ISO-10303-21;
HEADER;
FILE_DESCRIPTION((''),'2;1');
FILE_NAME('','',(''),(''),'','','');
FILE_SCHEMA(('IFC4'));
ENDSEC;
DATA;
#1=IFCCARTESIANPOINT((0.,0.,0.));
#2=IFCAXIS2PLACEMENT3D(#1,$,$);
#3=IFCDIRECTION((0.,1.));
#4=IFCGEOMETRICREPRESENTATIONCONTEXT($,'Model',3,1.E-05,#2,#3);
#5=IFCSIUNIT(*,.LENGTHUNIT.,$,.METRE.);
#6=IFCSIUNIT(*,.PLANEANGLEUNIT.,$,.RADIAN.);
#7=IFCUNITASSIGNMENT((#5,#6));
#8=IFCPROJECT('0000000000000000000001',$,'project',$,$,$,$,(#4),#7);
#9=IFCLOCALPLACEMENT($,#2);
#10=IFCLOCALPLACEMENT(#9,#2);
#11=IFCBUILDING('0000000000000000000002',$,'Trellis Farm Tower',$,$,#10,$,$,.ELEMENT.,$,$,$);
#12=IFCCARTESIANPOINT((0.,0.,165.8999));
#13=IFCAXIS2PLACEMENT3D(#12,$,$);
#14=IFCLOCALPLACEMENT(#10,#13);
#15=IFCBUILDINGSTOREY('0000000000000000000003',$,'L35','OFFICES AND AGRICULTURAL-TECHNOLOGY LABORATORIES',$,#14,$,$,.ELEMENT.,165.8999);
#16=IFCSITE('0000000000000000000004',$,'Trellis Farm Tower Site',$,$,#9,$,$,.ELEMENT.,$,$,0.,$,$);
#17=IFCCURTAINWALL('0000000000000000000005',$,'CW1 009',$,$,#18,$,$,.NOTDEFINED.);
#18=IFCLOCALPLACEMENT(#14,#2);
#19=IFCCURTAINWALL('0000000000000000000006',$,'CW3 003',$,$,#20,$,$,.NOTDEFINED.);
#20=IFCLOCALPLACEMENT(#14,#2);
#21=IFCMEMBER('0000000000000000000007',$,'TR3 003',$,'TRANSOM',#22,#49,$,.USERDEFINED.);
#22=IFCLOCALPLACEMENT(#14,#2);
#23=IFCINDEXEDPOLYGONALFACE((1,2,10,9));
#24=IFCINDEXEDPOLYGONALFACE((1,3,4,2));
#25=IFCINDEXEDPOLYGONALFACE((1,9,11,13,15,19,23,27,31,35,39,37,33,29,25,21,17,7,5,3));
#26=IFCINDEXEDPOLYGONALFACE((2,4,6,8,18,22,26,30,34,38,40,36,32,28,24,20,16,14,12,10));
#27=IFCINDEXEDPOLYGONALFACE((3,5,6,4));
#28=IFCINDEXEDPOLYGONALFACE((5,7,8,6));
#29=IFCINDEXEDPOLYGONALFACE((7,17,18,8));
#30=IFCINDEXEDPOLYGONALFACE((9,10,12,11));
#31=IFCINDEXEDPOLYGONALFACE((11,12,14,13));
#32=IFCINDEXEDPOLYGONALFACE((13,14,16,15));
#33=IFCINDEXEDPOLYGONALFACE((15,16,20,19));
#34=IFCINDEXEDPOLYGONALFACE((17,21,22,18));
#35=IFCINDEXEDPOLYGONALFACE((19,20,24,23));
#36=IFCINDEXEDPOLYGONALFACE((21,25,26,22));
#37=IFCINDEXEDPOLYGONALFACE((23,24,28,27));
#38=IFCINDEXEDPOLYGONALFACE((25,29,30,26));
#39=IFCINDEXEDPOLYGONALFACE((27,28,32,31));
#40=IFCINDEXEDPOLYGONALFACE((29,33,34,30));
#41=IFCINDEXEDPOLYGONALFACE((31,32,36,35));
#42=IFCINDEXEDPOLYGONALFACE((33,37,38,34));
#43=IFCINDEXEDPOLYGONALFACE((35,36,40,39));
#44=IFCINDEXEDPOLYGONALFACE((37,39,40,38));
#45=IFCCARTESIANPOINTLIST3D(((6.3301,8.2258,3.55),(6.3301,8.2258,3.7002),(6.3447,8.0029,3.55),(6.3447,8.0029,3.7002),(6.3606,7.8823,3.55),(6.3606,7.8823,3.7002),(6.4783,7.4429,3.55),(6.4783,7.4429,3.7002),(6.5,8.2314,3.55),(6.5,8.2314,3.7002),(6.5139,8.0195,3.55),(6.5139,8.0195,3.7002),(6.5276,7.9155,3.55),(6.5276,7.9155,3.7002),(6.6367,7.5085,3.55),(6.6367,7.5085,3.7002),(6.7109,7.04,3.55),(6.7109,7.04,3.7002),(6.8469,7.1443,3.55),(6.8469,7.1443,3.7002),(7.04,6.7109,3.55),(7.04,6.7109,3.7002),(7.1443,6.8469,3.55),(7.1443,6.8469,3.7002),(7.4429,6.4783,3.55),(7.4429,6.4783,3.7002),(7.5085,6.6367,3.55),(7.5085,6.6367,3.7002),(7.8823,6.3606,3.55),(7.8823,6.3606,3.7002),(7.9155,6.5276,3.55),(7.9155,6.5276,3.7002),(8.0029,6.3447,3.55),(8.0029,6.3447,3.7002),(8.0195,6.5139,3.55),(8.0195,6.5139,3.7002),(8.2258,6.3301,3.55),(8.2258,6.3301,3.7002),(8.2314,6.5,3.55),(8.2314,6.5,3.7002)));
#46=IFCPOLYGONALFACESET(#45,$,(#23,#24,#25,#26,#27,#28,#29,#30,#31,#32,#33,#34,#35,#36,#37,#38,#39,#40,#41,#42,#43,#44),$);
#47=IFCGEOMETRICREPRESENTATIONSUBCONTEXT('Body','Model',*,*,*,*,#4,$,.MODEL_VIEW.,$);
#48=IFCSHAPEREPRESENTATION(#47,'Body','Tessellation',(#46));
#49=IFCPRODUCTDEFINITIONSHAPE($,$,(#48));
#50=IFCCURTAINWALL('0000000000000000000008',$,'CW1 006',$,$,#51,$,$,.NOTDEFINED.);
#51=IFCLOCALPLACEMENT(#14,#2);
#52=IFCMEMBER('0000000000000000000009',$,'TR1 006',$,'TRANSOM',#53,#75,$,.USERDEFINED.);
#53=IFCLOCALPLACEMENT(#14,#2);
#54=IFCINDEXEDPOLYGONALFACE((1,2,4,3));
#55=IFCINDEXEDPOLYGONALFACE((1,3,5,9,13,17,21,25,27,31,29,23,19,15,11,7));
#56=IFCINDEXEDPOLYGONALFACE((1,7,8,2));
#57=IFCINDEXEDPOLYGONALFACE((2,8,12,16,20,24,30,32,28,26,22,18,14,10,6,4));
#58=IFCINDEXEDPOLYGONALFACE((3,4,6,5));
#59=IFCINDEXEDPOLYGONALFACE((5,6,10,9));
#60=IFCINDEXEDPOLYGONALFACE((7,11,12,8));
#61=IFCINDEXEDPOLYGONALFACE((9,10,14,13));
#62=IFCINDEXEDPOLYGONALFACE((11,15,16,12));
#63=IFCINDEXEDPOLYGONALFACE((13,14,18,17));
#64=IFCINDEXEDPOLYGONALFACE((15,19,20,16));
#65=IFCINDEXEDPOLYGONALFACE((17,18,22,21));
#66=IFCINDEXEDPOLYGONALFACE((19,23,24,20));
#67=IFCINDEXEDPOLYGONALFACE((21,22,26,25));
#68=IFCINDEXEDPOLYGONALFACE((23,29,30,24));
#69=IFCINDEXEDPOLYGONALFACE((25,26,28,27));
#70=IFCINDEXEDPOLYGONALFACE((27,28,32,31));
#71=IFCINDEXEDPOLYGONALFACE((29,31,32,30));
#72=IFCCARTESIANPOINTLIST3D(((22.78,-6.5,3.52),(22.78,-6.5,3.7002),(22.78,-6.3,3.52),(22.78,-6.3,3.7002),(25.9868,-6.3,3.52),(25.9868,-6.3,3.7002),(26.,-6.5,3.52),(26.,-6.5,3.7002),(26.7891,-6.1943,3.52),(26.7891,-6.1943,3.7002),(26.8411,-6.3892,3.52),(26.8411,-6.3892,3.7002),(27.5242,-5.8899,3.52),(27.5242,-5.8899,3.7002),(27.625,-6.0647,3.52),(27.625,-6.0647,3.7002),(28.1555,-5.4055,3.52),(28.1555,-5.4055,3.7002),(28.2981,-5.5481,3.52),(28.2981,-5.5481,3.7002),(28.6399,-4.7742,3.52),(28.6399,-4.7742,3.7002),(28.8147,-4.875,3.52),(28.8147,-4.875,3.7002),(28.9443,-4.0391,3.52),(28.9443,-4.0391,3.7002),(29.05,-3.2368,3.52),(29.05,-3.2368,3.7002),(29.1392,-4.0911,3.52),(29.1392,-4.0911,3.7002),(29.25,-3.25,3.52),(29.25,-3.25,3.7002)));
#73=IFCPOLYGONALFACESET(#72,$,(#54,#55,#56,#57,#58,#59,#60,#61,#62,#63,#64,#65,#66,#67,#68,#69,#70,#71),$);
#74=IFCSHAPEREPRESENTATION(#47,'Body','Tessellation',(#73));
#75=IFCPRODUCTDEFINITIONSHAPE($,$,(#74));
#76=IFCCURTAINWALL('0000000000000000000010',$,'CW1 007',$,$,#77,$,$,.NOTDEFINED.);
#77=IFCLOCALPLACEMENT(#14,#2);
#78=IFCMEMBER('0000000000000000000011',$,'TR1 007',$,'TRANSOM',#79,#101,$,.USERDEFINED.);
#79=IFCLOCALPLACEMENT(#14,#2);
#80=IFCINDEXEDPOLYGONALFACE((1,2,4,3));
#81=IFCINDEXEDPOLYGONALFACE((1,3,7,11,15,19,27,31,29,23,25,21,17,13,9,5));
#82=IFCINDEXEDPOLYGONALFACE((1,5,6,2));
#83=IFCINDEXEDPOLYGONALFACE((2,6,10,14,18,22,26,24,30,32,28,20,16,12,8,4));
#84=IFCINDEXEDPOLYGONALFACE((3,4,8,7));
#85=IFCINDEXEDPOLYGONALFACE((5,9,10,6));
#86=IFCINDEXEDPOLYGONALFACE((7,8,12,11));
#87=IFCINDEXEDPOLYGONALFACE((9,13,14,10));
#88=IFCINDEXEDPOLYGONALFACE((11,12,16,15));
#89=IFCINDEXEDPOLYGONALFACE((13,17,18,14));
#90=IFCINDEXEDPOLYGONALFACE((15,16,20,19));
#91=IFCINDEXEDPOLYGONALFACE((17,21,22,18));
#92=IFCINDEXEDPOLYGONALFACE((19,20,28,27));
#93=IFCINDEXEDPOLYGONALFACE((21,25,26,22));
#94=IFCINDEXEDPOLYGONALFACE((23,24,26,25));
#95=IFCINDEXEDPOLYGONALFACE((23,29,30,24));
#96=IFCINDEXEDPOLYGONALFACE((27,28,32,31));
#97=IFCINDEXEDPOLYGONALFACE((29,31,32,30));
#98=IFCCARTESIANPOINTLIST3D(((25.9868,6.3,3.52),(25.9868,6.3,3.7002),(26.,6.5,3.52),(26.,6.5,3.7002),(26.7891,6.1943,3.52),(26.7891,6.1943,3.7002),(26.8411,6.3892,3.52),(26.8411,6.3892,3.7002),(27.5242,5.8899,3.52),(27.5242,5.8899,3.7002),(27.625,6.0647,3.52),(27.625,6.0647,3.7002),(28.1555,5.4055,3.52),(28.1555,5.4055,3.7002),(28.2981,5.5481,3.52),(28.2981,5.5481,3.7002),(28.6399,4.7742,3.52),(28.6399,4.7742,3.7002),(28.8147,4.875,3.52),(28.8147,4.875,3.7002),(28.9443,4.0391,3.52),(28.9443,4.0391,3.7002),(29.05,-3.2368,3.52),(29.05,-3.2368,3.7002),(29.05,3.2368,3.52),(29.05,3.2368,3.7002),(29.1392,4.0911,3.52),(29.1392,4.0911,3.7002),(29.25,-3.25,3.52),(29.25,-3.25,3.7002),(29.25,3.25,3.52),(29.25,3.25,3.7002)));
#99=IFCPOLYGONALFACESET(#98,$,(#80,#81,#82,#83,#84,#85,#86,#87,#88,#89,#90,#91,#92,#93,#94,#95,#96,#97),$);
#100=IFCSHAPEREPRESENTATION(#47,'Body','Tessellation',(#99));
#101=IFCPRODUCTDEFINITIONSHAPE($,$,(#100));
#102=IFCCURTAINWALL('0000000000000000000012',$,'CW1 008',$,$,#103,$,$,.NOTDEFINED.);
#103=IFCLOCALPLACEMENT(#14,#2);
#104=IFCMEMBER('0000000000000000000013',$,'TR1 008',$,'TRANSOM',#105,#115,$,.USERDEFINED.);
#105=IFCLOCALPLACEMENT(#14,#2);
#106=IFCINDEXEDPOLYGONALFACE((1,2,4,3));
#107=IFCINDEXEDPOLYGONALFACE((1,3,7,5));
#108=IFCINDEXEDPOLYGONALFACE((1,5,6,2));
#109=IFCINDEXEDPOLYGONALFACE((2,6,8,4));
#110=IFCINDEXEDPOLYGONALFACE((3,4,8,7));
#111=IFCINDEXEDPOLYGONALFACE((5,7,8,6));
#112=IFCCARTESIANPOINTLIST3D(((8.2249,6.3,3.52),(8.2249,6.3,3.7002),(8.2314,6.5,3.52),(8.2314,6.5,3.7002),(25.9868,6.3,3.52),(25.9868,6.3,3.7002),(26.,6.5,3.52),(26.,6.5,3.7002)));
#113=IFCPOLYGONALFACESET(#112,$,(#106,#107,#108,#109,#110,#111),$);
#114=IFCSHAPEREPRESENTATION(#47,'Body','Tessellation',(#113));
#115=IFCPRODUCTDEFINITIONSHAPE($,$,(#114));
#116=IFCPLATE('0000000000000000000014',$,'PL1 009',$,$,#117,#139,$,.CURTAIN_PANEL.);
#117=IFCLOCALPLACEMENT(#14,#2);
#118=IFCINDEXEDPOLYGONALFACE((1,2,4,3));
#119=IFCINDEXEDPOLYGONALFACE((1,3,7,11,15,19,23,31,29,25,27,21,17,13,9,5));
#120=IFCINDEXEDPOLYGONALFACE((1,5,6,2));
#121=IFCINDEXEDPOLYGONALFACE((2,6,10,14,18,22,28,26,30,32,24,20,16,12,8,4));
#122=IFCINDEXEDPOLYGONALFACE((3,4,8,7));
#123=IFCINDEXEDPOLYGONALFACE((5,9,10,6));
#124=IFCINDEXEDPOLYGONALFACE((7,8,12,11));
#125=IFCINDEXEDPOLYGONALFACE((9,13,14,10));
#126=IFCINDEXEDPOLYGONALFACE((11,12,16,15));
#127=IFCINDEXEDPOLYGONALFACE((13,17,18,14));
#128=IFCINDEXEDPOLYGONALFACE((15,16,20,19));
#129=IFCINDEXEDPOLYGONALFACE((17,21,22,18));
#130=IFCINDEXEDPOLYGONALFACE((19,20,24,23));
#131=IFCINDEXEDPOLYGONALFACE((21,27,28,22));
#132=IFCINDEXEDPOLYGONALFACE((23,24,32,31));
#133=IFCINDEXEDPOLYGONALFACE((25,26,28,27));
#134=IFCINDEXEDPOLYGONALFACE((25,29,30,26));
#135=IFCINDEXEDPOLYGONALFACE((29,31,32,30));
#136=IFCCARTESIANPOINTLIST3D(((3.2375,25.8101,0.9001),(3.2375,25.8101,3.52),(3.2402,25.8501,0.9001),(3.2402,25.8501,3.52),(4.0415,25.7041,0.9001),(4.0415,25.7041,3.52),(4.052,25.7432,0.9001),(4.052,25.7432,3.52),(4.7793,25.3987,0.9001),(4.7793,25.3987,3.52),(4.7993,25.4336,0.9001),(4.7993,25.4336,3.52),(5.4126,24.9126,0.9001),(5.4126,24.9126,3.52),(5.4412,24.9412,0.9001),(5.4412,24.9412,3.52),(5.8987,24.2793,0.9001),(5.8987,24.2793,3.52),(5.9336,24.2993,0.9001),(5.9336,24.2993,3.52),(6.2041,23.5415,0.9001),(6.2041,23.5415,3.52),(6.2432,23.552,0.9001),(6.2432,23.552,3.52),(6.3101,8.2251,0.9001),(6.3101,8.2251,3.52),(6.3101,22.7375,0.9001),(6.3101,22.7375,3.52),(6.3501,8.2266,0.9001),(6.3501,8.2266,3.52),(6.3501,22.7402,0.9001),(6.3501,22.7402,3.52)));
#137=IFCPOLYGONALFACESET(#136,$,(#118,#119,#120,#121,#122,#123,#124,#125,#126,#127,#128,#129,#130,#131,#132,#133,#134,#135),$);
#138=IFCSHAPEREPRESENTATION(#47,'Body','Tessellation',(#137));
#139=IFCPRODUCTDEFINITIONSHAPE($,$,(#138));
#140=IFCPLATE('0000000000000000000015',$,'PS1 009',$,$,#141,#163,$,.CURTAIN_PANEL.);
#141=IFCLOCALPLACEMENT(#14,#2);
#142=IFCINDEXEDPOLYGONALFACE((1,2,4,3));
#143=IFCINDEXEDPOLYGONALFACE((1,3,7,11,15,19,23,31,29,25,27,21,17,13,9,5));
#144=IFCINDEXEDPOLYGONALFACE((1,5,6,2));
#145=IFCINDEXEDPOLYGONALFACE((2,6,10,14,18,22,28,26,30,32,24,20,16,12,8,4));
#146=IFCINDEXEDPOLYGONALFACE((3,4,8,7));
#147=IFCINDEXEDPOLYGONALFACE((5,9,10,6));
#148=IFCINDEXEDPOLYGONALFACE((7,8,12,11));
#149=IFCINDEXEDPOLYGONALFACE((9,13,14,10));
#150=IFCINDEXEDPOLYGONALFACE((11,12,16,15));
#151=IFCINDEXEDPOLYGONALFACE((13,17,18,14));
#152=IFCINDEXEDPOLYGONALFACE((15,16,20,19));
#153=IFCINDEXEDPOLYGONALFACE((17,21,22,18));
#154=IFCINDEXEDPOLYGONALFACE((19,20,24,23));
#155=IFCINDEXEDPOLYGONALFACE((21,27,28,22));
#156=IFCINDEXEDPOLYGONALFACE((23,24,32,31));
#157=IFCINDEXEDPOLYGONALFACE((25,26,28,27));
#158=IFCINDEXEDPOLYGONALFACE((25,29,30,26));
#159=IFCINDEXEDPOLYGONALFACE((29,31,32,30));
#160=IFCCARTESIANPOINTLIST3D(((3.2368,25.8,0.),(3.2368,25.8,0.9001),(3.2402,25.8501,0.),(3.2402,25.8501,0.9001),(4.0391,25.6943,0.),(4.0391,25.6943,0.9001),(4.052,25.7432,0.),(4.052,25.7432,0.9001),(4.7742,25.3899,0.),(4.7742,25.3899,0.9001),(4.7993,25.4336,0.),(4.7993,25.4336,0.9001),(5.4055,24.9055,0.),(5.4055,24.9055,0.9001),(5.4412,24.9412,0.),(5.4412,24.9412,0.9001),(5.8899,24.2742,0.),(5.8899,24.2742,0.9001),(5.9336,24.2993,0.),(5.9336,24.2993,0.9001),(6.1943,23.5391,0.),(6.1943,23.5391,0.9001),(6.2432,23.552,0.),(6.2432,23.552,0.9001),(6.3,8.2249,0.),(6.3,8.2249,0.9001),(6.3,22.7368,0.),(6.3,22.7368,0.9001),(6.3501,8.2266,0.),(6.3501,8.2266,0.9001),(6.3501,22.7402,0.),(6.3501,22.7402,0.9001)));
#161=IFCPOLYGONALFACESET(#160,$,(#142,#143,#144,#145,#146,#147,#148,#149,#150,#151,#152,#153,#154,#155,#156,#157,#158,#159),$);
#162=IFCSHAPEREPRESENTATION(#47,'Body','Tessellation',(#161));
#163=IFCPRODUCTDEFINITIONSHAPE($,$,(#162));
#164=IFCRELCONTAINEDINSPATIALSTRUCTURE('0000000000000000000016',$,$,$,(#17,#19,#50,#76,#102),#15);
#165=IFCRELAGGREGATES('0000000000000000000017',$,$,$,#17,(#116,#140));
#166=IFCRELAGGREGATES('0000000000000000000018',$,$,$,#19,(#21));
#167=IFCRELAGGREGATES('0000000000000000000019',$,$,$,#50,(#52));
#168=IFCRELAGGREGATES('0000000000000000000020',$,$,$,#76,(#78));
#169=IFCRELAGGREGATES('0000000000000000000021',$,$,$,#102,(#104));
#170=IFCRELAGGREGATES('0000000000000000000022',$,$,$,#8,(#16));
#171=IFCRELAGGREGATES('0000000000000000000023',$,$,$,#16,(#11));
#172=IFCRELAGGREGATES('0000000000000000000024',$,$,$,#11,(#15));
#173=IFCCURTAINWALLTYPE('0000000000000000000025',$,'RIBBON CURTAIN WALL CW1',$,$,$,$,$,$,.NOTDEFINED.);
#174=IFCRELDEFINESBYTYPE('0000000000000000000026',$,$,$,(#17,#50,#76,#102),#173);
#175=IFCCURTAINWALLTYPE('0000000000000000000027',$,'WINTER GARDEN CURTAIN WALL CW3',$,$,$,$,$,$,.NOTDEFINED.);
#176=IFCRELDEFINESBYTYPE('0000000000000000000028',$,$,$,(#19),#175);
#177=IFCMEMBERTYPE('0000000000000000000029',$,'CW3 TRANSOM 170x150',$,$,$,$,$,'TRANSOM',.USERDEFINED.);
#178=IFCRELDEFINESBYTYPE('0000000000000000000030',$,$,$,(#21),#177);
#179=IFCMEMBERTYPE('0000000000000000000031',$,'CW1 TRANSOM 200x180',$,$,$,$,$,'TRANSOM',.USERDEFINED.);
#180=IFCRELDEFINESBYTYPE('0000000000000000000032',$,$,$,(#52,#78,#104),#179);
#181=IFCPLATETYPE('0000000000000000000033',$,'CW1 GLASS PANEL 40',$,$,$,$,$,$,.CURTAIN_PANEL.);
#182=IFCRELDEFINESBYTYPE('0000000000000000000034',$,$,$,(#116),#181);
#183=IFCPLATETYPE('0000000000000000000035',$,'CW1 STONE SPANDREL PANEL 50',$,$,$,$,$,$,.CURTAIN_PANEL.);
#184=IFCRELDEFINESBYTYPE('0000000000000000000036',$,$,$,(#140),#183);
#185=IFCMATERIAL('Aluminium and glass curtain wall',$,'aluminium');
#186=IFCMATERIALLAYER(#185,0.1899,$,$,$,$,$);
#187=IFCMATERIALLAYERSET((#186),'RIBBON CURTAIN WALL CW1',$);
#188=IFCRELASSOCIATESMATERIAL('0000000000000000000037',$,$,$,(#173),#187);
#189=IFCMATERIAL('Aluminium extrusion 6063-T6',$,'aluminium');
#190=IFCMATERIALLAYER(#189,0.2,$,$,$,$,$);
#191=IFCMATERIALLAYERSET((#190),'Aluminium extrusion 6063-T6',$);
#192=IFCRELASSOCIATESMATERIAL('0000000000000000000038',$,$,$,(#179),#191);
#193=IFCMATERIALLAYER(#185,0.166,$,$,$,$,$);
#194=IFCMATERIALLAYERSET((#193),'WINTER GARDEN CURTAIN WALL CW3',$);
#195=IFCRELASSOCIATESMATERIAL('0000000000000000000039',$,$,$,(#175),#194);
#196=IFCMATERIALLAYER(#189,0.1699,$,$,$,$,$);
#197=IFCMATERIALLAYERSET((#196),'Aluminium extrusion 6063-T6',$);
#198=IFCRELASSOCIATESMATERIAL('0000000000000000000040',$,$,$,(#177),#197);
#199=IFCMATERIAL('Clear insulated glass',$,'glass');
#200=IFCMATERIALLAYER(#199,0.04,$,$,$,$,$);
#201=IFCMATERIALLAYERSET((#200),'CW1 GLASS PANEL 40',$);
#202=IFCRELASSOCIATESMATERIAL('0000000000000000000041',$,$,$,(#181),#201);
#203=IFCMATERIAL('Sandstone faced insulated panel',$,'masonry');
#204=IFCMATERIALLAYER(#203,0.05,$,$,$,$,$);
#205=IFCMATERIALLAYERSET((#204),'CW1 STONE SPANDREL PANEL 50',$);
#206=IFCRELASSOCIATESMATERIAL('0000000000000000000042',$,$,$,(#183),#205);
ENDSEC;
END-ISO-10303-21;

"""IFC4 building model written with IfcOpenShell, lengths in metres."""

from ifc_helpers import new_model, si_unit, direction, frame, origin, place, context, subcontext, project, spatial, polyline, outline, extrude, source, transform, mapped, material, layer, layer_set, type_object, element, aggregate, save


model = new_model("IFC4")

# Units and contexts
model_context = context("Model", 3, precision=1e-05, world=origin(), true_north=direction((0.0, 1.0)))
body_context = subcontext(model_context, "Body", "Model", "MODEL_VIEW")
ifc_project = project(units=[si_unit("LENGTHUNIT", "METRE"), si_unit("PLANEANGLEUNIT", "RADIAN")], contexts=[model_context])

# Site, building, storey
site_placement = place(None, origin())
site = spatial("IfcSite", under=ifc_project, at=site_placement, Name="Trellis Farm Tower Site", CompositionType="ELEMENT", RefElevation=0.0)
building_placement = place(site_placement, origin())
building = spatial("IfcBuilding", under=site, at=building_placement, Name="Trellis Farm Tower", CompositionType="ELEMENT")
storey_placement = place(building_placement, frame((0.0, 0.0, 165.8999)))
storey = spatial("IfcBuildingStorey", under=building, at=storey_placement, Name="L35", Description="OFFICES AND AGRICULTURAL-TECHNOLOGY LABORATORIES", CompositionType="ELEMENT", Elevation=165.8999)

# Curtain wall
ifc_material_1 = material(Name="Aluminium and glass curtain wall", Category="aluminium")
ifc_layer_1 = layer(ifc_material_1, 0.1899)
ifc_layer_set_1 = layer_set([ifc_layer_1], Name="RIBBON CURTAIN WALL CW1")
curtain_wall_type_1 = type_object("IfcCurtainWallType", Name="RIBBON CURTAIN WALL CW1", PredefinedType="NOTDEFINED", material=ifc_layer_set_1)
placement_1 = place(storey_placement, origin())
curtain_wall_1 = element("IfcCurtainWall", 1, at=placement_1, inside=storey, type_object=curtain_wall_type_1, Name="CW1 009", PredefinedType="NOTDEFINED")
ifc_material_2 = material(Name="Aluminium extrusion 6063-T6", Category="aluminium")
ifc_layer_2 = layer(ifc_material_2, 0.2)
ifc_layer_set_2 = layer_set([ifc_layer_2], Name="Aluminium extrusion 6063-T6")
member_type_1 = type_object("IfcMemberType", Name="CW1 TRANSOM 200x180", ElementType="TRANSOM", PredefinedType="USERDEFINED", material=ifc_layer_set_2)
placement_2 = place(storey_placement, frame((0.0, 0.0, 3.52)))

# Curtain walls, members
ifc_layer_3 = layer(ifc_material_1, 0.166)
ifc_layer_set_3 = layer_set([ifc_layer_3], Name="WINTER GARDEN CURTAIN WALL CW3")
curtain_wall_type_2 = type_object("IfcCurtainWallType", Name="WINTER GARDEN CURTAIN WALL CW3", PredefinedType="NOTDEFINED", material=ifc_layer_set_3)
ifc_layer_4 = layer(ifc_material_2, 0.1699)
ifc_layer_set_4 = layer_set([ifc_layer_4], Name="Aluminium extrusion 6063-T6")
member_type_2 = type_object("IfcMemberType", Name="CW3 TRANSOM 170x150", ElementType="TRANSOM", PredefinedType="USERDEFINED", material=ifc_layer_set_4)
placement_3 = place(storey_placement, frame((0.0, 0.0, 3.55)))
curtain_wall_2 = element("IfcCurtainWall", 2, at=placement_1, inside=storey, type_object=curtain_wall_type_2, Name="CW3 003", PredefinedType="NOTDEFINED")
shared_shape_1 = source(origin(), body_context, "Body", "SweptSolid", [
    extrude(outline(polyline([(8.2314, 6.5), (8.0195, 6.5139), (7.9155, 6.5276), (7.5085, 6.6367), (7.1443, 6.8469), (6.8469, 7.1443), (6.6367, 7.5085), (6.5276, 7.9155), (6.5139, 8.0195), (6.5, 8.2314), (6.3301, 8.2258), (6.3447, 8.0029), (6.3606, 7.8823), (6.4783, 7.4429), (6.7109, 7.04), (7.04, 6.7109), (7.4429, 6.4783), (7.8823, 6.3606), (8.0029, 6.3447), (8.2258, 6.3301), (8.2314, 6.5)])), origin(), (0.0, 0.0, 1.0), 0.1501),
])
member_1 = element("IfcMember", 3, at=placement_3, type_object=member_type_2, Name="TR3 003", ObjectType="TRANSOM", PredefinedType="USERDEFINED", context=body_context, shape_type="MappedRepresentation", body=[
    mapped(shared_shape_1, transform((0.0, 0.0, 0.0))),
])
curtain_wall_3 = element("IfcCurtainWall", 4, at=placement_1, inside=storey, type_object=curtain_wall_type_1, Name="CW1 006", PredefinedType="NOTDEFINED")
shared_shape_2 = source(origin(), body_context, "Body", "SweptSolid", [
    extrude(outline(polyline([(22.78, -6.5), (26.0, -6.5), (26.8411, -6.3892), (27.625, -6.0647), (28.2981, -5.5481), (28.8147, -4.875), (29.1392, -4.0911), (29.25, -3.25), (29.05, -3.2368), (28.9443, -4.0391), (28.6399, -4.7742), (28.1555, -5.4055), (27.5242, -5.8899), (26.7891, -6.1943), (25.9868, -6.3), (22.78, -6.3), (22.78, -6.5)])), origin(), (0.0, 0.0, 1.0), 0.1802),
])
member_2 = element("IfcMember", 5, at=placement_2, type_object=member_type_1, Name="TR1 006", ObjectType="TRANSOM", PredefinedType="USERDEFINED", context=body_context, shape_type="MappedRepresentation", body=[
    mapped(shared_shape_2, transform((0.0, 0.0, 0.0))),
])
curtain_wall_4 = element("IfcCurtainWall", 6, at=placement_1, inside=storey, type_object=curtain_wall_type_1, Name="CW1 007", PredefinedType="NOTDEFINED")
shared_shape_3 = source(origin(), body_context, "Body", "SweptSolid", [
    extrude(outline(polyline([(29.25, -3.25), (29.25, 3.25), (29.1392, 4.0911), (28.8147, 4.875), (28.2981, 5.5481), (27.625, 6.0647), (26.8411, 6.3892), (26.0, 6.5), (25.9868, 6.3), (26.7891, 6.1943), (27.5242, 5.8899), (28.1555, 5.4055), (28.6399, 4.7742), (28.9443, 4.0391), (29.05, 3.2368), (29.05, -3.2368), (29.25, -3.25)])), origin(), (0.0, 0.0, 1.0), 0.1802),
])
member_3 = element("IfcMember", 7, at=placement_2, type_object=member_type_1, Name="TR1 007", ObjectType="TRANSOM", PredefinedType="USERDEFINED", context=body_context, shape_type="MappedRepresentation", body=[
    mapped(shared_shape_3, transform((0.0, 0.0, 0.0))),
])
curtain_wall_5 = element("IfcCurtainWall", 8, at=placement_1, inside=storey, type_object=curtain_wall_type_1, Name="CW1 008", PredefinedType="NOTDEFINED")
shared_shape_4 = source(origin(), body_context, "Body", "SweptSolid", [
    extrude(outline(polyline([(26.0, 6.5), (8.2314, 6.5), (8.2249, 6.3), (25.9868, 6.3), (26.0, 6.5)])), origin(), (0.0, 0.0, 1.0), 0.1802),
])
member_4 = element("IfcMember", 9, at=placement_2, type_object=member_type_1, Name="TR1 008", ObjectType="TRANSOM", PredefinedType="USERDEFINED", context=body_context, shape_type="MappedRepresentation", body=[
    mapped(shared_shape_4, transform((0.0, 0.0, 0.0))),
])

# Plates
ifc_material_3 = material(Name="Clear insulated glass", Category="glass")
ifc_layer_5 = layer(ifc_material_3, 0.04)
ifc_layer_set_5 = layer_set([ifc_layer_5], Name="CW1 GLASS PANEL 40")
plate_type_1 = type_object("IfcPlateType", Name="CW1 GLASS PANEL 40", PredefinedType="CURTAIN_PANEL", material=ifc_layer_set_5)
placement_4 = place(storey_placement, frame((0.0, 0.0, 0.9001)))
plate_1 = element("IfcPlate", 10, at=placement_4, type_object=plate_type_1, Name="PL1 009", PredefinedType="CURTAIN_PANEL", context=body_context, shape_type="SweptSolid", body=[
    extrude(outline(polyline([(6.3501, 8.2266), (6.3501, 22.7402), (6.2432, 23.552), (5.9336, 24.2993), (5.4412, 24.9412), (4.7993, 25.4336), (4.052, 25.7432), (3.2402, 25.8501), (3.2375, 25.8101), (4.0415, 25.7041), (4.7793, 25.3987), (5.4126, 24.9126), (5.8987, 24.2793), (6.2041, 23.5415), (6.3101, 22.7375), (6.3101, 8.2251), (6.3501, 8.2266)])), origin(), (0.0, 0.0, 1.0), 2.6199),
])
ifc_material_4 = material(Name="Sandstone faced insulated panel", Category="masonry")
ifc_layer_6 = layer(ifc_material_4, 0.05)
ifc_layer_set_6 = layer_set([ifc_layer_6], Name="CW1 STONE SPANDREL PANEL 50")
plate_type_2 = type_object("IfcPlateType", Name="CW1 STONE SPANDREL PANEL 50", PredefinedType="CURTAIN_PANEL", material=ifc_layer_set_6)
plate_2 = element("IfcPlate", 11, at=placement_1, type_object=plate_type_2, Name="PS1 009", PredefinedType="CURTAIN_PANEL", context=body_context, shape_type="SweptSolid", body=[
    extrude(outline(polyline([(6.3501, 8.2266), (6.3501, 22.7402), (6.2432, 23.552), (5.9336, 24.2993), (5.4412, 24.9412), (4.7993, 25.4336), (4.052, 25.7432), (3.2402, 25.8501), (3.2368, 25.8), (4.0391, 25.6943), (4.7742, 25.3899), (5.4055, 24.9055), (5.8899, 24.2742), (6.1943, 23.5391), (6.3, 22.7368), (6.3, 8.2249), (6.3501, 8.2266)])), origin(), (0.0, 0.0, 1.0), 0.9001),
])
aggregate(curtain_wall_1, [plate_1, plate_2])
aggregate(curtain_wall_2, [member_1])
aggregate(curtain_wall_3, [member_2])
aggregate(curtain_wall_4, [member_3])
aggregate(curtain_wall_5, [member_4])

save(model, "model.ifc")
